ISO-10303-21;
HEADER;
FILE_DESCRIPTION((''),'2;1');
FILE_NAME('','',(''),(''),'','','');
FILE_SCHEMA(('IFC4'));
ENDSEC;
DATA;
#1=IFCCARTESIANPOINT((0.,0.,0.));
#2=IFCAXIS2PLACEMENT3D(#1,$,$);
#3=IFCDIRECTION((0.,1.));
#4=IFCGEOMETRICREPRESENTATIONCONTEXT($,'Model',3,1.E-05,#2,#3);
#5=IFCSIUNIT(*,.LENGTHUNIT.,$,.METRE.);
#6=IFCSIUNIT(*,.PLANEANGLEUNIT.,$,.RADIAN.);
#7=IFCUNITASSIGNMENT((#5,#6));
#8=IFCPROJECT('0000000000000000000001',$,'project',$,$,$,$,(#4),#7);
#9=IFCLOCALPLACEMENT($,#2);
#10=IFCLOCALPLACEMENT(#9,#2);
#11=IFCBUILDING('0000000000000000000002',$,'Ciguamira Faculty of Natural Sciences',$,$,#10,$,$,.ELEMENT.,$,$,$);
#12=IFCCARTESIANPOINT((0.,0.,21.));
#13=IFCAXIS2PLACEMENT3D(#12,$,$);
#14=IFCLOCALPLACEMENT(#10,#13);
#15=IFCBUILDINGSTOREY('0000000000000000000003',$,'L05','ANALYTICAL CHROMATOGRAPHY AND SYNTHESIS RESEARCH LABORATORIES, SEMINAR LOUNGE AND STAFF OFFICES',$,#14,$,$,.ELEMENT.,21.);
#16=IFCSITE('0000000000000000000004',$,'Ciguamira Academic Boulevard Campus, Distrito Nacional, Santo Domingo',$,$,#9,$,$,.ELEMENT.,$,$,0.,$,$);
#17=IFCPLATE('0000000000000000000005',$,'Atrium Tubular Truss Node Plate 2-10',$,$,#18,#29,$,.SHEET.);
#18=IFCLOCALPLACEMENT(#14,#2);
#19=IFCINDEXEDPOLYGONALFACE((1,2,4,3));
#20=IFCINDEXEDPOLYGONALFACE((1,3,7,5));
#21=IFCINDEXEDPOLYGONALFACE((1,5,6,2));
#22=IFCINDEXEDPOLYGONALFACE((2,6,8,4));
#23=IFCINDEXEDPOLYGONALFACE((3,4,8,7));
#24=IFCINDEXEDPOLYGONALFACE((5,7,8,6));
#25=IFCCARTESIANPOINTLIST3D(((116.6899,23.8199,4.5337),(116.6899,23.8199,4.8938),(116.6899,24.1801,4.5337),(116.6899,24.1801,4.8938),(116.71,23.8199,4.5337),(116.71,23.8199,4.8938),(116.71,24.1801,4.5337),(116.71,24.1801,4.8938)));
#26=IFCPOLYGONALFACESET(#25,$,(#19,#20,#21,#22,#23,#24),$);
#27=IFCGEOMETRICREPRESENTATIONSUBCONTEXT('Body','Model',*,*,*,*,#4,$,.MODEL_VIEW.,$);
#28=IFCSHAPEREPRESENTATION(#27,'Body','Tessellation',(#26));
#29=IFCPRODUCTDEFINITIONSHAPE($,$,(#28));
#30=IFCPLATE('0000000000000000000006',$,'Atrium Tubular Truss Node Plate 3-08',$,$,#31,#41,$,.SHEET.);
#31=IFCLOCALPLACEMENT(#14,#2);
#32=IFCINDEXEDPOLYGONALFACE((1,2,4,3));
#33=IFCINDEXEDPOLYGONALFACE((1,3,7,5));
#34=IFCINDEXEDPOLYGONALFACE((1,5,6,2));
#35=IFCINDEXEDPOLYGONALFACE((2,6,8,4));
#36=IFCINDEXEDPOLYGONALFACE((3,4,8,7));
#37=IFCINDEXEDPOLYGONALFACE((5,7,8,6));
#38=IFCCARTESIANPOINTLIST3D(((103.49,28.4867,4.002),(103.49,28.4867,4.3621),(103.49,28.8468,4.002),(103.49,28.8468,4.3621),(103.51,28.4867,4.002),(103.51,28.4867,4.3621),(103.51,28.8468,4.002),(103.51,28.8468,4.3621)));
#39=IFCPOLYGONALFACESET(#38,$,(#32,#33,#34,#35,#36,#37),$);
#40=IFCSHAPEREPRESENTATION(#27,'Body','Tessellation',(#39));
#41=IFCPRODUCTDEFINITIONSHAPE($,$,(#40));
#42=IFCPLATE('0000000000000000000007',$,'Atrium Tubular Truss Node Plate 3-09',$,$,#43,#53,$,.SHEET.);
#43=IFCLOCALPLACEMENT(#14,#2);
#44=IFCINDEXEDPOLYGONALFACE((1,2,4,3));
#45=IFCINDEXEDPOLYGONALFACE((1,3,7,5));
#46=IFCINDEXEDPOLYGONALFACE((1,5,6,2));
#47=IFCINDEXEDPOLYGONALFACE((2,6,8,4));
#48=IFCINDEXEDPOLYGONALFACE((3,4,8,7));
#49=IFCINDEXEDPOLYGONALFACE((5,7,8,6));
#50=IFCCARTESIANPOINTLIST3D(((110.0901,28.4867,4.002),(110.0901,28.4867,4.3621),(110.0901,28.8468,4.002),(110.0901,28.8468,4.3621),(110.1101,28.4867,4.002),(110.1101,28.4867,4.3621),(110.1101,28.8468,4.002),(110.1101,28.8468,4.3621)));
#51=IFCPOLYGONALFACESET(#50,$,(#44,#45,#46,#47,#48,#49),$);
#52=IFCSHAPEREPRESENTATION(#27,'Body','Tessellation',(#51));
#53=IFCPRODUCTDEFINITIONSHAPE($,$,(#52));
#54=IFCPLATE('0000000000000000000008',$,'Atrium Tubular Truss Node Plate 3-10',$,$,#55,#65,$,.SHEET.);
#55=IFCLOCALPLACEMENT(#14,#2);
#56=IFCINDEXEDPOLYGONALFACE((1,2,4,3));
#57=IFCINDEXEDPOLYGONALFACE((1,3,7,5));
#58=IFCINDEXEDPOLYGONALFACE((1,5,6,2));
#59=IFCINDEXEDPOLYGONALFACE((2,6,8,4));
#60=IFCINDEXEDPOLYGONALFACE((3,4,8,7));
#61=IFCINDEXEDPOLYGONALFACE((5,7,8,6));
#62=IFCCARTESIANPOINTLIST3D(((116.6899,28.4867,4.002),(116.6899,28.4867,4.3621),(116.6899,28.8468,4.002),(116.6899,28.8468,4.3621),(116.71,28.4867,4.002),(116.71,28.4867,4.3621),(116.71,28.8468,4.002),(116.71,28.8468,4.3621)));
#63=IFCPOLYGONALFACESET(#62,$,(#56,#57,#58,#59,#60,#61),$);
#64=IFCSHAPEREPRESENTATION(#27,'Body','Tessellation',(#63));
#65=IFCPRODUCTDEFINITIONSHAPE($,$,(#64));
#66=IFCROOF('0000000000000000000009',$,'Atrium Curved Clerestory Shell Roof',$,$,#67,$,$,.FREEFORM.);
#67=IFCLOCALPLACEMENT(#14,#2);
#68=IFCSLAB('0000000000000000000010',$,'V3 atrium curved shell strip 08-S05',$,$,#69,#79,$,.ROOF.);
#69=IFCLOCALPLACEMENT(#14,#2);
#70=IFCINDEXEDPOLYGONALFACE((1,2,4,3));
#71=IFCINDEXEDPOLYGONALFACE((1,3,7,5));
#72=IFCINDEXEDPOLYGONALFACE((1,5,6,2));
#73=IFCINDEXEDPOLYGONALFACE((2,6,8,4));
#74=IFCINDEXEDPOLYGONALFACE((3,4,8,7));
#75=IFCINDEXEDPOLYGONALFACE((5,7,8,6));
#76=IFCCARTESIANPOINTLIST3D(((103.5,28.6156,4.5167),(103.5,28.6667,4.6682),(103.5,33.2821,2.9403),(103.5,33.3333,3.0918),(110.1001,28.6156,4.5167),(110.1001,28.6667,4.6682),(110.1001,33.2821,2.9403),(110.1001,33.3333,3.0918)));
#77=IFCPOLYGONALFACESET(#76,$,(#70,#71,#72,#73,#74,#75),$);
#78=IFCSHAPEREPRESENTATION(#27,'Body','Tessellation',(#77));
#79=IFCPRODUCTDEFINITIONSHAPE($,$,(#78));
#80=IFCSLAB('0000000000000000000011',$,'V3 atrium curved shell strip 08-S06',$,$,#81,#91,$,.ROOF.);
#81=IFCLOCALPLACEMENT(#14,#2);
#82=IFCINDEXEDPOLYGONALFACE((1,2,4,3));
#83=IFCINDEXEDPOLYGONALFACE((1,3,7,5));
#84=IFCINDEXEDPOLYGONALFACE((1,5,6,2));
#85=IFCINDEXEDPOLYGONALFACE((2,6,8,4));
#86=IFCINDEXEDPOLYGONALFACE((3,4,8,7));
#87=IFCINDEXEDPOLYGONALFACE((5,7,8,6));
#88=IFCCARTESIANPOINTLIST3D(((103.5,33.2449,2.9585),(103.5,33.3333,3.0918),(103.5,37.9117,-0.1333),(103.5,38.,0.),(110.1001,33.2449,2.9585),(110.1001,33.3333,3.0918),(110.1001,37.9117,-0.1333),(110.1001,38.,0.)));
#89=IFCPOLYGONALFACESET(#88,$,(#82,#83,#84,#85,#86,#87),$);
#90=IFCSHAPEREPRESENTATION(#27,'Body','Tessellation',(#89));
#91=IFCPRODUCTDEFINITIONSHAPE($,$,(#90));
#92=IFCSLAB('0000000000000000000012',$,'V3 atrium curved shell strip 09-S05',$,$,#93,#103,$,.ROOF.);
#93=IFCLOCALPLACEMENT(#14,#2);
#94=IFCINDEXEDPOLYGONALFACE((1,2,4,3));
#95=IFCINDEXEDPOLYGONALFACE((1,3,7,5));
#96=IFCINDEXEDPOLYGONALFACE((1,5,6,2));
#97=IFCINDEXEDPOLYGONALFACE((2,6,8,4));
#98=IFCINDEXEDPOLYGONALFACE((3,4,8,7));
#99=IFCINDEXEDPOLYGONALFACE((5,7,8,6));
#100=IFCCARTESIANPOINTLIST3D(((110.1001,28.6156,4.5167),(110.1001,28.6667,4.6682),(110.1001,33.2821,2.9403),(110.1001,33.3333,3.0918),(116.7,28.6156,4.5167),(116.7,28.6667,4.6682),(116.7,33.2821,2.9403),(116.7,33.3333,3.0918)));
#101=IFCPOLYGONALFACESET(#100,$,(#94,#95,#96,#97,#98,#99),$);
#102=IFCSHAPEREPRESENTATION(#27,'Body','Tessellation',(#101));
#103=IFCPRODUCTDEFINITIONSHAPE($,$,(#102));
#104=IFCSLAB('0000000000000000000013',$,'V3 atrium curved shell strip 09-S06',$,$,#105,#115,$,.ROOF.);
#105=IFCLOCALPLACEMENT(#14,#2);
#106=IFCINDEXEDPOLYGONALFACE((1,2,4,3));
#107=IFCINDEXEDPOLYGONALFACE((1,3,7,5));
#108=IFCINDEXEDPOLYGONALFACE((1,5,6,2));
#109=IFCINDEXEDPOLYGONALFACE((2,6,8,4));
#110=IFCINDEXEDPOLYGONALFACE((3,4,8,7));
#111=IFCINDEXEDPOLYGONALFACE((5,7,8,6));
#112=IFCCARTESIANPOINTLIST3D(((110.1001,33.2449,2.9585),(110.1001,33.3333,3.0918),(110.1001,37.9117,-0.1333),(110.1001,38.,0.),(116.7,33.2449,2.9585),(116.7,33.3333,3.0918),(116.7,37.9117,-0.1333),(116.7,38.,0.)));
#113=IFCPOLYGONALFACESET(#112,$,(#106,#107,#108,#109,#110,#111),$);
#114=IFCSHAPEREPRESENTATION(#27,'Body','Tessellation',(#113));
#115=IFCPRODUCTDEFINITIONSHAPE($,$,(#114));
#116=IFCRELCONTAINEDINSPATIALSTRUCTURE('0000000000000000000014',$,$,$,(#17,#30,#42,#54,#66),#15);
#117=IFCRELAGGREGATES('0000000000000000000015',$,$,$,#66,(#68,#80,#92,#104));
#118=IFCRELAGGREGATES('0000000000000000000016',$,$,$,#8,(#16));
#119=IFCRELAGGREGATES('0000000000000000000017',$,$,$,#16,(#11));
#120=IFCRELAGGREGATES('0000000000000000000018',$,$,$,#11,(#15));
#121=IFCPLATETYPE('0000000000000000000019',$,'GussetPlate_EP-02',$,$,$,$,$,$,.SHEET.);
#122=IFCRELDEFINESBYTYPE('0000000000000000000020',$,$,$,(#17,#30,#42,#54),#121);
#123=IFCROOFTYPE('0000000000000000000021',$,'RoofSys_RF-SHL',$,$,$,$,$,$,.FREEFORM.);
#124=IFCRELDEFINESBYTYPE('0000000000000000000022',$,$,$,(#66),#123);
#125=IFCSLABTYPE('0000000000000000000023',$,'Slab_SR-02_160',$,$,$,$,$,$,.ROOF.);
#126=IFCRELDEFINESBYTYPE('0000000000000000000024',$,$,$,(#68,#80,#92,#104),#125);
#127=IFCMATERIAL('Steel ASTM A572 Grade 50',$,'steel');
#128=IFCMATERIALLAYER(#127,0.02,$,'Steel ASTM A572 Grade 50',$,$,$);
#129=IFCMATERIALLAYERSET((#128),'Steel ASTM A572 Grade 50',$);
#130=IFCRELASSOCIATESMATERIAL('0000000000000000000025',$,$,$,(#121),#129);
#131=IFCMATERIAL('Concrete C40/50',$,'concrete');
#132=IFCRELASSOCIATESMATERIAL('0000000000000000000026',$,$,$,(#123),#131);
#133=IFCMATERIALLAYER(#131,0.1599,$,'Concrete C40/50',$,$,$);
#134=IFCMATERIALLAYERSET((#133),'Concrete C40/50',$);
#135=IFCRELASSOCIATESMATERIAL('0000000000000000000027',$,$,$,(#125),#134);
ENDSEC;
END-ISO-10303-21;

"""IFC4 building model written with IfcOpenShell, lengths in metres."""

from ifc_helpers import new_model, si_unit, direction, frame, origin, origin_2d, place, context, subcontext, project, spatial, polyline, rectangle, outline, extrude, material, layer, layer_set, type_object, element, aggregate, save


model = new_model("IFC4")

# Units and contexts
model_context = context("Model", 3, precision=1e-05, world=origin(), true_north=direction((0.0, 1.0)))
body_context = subcontext(model_context, "Body", "Model", "MODEL_VIEW")
ifc_project = project(units=[si_unit("LENGTHUNIT", "METRE"), si_unit("PLANEANGLEUNIT", "RADIAN")], contexts=[model_context])

# Site, building, storey
site_placement = place(None, origin())
site = spatial("IfcSite", under=ifc_project, at=site_placement, Name="Ciguamira Academic Boulevard Campus, Distrito Nacional, Santo Domingo", CompositionType="ELEMENT", RefElevation=0.0)
building_placement = place(site_placement, origin())
building = spatial("IfcBuilding", under=site, at=building_placement, Name="Ciguamira Faculty of Natural Sciences", CompositionType="ELEMENT")
storey_placement = place(building_placement, frame((0.0, 0.0, 21.0)))
storey = spatial("IfcBuildingStorey", under=building, at=storey_placement, Name="L05", Description="ANALYTICAL CHROMATOGRAPHY AND SYNTHESIS RESEARCH LABORATORIES, SEMINAR LOUNGE AND STAFF OFFICES", CompositionType="ELEMENT", Elevation=21.0)

# Plates
ifc_material_1 = material(Name="Steel ASTM A572 Grade 50", Category="steel")
ifc_layer_1 = layer(ifc_material_1, 0.02, Name="Steel ASTM A572 Grade 50")
ifc_layer_set_1 = layer_set([ifc_layer_1], Name="Steel ASTM A572 Grade 50")
plate_type = type_object("IfcPlateType", Name="GussetPlate_EP-02", PredefinedType="SHEET", material=ifc_layer_set_1)
for number, where, z_axis, x_axis, name in (
    (1, (116.7, 24.0, 4.5337), (0.0, 0.0, 1.0), (1.0, 0.0, 0.0), "Atrium Tubular Truss Node Plate 2-10"),
    (2, (103.5, 28.6667, 4.002), (0.0, 0.0, 1.0), (1.0, 0.0, 0.0), "Atrium Tubular Truss Node Plate 3-08"),
    (3, (110.1001, 28.6667, 4.002), (0.0, 0.0, 1.0), (1.0, 0.0, 0.0), "Atrium Tubular Truss Node Plate 3-09"),
    (4, (116.7, 28.6667, 4.002), (0.0, 0.0, 1.0), (1.0, 0.0, 0.0), "Atrium Tubular Truss Node Plate 3-10"),
):
    element("IfcPlate", number, at=place(storey_placement, frame(where, z_axis=z_axis, x_axis=x_axis)), inside=storey, type_object=plate_type, Name=name, PredefinedType="SHEET", context=body_context, shape_type="SweptSolid", body=[
        extrude(rectangle(XDim=0.02, YDim=0.3601, at=origin_2d()), origin(), (0.0, 0.0, 1.0), 0.3601),
    ])

# Roof, slabs
ifc_material_2 = material(Name="Concrete C40/50", Category="concrete")
roof_type = type_object("IfcRoofType", Name="RoofSys_RF-SHL", PredefinedType="FREEFORM", material=ifc_material_2)
roof_placement = place(storey_placement, origin())
roof = element("IfcRoof", 5, at=roof_placement, inside=storey, type_object=roof_type, Name="Atrium Curved Clerestory Shell Roof", PredefinedType="FREEFORM")
ifc_layer_2 = layer(ifc_material_2, 0.1599, Name="Concrete C40/50")
ifc_layer_set_2 = layer_set([ifc_layer_2], Name="Concrete C40/50")
slab_type = type_object("IfcSlabType", Name="Slab_SR-02_160", PredefinedType="ROOF", material=ifc_layer_set_2)
slab_1_placement = place(storey_placement, frame((103.5, 28.6667, 4.6682), z_axis=(0.0, 0.320047, 0.947402), x_axis=(1.0, 0.0, 0.0)))
slab_1 = element("IfcSlab", 6, at=slab_1_placement, type_object=slab_type, Name="V3 atrium curved shell strip 08-S05", PredefinedType="ROOF", context=body_context, shape_type="SweptSolid", body=[
    extrude(outline(polyline([(0.0, 0.0), (6.6001, 0.0), (6.6001, 4.9256), (0.0, 4.9256), (0.0, 0.0)])), origin(), (0.0, 0.0, -1.0), 0.1599),
])
slab_2_placement = place(storey_placement, frame((103.5, 33.3333, 3.0918), z_axis=(0.0, 0.552303, 0.833644), x_axis=(1.0, 0.0, 0.0)))
slab_2 = element("IfcSlab", 7, at=slab_2_placement, type_object=slab_type, Name="V3 atrium curved shell strip 08-S06", PredefinedType="ROOF", context=body_context, shape_type="SweptSolid", body=[
    extrude(outline(polyline([(0.0, 0.0), (6.6001, 0.0), (6.6001, 5.598), (0.0, 5.598), (0.0, 0.0)])), origin(), (0.0, 0.0, -1.0), 0.1599),
])
slab_3_placement = place(storey_placement, frame((110.1001, 28.6667, 4.6682), z_axis=(0.0, 0.320047, 0.947402), x_axis=(1.0, 0.0, 0.0)))
slab_3 = element("IfcSlab", 8, at=slab_3_placement, type_object=slab_type, Name="V3 atrium curved shell strip 09-S05", PredefinedType="ROOF", context=body_context, shape_type="SweptSolid", body=[
    extrude(outline(polyline([(0.0, 0.0), (6.5999, 0.0), (6.5999, 4.9256), (0.0, 4.9256), (0.0, 0.0)])), origin(), (0.0, 0.0, -1.0), 0.1599),
])
slab_4_placement = place(storey_placement, frame((110.1001, 33.3333, 3.0918), z_axis=(0.0, 0.552303, 0.833644), x_axis=(1.0, 0.0, 0.0)))
slab_4 = element("IfcSlab", 9, at=slab_4_placement, type_object=slab_type, Name="V3 atrium curved shell strip 09-S06", PredefinedType="ROOF", context=body_context, shape_type="SweptSolid", body=[
    extrude(outline(polyline([(0.0, 0.0), (6.5999, 0.0), (6.5999, 5.598), (0.0, 5.598), (0.0, 0.0)])), origin(), (0.0, 0.0, -1.0), 0.1599),
])
aggregate(roof, [slab_1, slab_2, slab_3, slab_4])

save(model, "model.ifc")
